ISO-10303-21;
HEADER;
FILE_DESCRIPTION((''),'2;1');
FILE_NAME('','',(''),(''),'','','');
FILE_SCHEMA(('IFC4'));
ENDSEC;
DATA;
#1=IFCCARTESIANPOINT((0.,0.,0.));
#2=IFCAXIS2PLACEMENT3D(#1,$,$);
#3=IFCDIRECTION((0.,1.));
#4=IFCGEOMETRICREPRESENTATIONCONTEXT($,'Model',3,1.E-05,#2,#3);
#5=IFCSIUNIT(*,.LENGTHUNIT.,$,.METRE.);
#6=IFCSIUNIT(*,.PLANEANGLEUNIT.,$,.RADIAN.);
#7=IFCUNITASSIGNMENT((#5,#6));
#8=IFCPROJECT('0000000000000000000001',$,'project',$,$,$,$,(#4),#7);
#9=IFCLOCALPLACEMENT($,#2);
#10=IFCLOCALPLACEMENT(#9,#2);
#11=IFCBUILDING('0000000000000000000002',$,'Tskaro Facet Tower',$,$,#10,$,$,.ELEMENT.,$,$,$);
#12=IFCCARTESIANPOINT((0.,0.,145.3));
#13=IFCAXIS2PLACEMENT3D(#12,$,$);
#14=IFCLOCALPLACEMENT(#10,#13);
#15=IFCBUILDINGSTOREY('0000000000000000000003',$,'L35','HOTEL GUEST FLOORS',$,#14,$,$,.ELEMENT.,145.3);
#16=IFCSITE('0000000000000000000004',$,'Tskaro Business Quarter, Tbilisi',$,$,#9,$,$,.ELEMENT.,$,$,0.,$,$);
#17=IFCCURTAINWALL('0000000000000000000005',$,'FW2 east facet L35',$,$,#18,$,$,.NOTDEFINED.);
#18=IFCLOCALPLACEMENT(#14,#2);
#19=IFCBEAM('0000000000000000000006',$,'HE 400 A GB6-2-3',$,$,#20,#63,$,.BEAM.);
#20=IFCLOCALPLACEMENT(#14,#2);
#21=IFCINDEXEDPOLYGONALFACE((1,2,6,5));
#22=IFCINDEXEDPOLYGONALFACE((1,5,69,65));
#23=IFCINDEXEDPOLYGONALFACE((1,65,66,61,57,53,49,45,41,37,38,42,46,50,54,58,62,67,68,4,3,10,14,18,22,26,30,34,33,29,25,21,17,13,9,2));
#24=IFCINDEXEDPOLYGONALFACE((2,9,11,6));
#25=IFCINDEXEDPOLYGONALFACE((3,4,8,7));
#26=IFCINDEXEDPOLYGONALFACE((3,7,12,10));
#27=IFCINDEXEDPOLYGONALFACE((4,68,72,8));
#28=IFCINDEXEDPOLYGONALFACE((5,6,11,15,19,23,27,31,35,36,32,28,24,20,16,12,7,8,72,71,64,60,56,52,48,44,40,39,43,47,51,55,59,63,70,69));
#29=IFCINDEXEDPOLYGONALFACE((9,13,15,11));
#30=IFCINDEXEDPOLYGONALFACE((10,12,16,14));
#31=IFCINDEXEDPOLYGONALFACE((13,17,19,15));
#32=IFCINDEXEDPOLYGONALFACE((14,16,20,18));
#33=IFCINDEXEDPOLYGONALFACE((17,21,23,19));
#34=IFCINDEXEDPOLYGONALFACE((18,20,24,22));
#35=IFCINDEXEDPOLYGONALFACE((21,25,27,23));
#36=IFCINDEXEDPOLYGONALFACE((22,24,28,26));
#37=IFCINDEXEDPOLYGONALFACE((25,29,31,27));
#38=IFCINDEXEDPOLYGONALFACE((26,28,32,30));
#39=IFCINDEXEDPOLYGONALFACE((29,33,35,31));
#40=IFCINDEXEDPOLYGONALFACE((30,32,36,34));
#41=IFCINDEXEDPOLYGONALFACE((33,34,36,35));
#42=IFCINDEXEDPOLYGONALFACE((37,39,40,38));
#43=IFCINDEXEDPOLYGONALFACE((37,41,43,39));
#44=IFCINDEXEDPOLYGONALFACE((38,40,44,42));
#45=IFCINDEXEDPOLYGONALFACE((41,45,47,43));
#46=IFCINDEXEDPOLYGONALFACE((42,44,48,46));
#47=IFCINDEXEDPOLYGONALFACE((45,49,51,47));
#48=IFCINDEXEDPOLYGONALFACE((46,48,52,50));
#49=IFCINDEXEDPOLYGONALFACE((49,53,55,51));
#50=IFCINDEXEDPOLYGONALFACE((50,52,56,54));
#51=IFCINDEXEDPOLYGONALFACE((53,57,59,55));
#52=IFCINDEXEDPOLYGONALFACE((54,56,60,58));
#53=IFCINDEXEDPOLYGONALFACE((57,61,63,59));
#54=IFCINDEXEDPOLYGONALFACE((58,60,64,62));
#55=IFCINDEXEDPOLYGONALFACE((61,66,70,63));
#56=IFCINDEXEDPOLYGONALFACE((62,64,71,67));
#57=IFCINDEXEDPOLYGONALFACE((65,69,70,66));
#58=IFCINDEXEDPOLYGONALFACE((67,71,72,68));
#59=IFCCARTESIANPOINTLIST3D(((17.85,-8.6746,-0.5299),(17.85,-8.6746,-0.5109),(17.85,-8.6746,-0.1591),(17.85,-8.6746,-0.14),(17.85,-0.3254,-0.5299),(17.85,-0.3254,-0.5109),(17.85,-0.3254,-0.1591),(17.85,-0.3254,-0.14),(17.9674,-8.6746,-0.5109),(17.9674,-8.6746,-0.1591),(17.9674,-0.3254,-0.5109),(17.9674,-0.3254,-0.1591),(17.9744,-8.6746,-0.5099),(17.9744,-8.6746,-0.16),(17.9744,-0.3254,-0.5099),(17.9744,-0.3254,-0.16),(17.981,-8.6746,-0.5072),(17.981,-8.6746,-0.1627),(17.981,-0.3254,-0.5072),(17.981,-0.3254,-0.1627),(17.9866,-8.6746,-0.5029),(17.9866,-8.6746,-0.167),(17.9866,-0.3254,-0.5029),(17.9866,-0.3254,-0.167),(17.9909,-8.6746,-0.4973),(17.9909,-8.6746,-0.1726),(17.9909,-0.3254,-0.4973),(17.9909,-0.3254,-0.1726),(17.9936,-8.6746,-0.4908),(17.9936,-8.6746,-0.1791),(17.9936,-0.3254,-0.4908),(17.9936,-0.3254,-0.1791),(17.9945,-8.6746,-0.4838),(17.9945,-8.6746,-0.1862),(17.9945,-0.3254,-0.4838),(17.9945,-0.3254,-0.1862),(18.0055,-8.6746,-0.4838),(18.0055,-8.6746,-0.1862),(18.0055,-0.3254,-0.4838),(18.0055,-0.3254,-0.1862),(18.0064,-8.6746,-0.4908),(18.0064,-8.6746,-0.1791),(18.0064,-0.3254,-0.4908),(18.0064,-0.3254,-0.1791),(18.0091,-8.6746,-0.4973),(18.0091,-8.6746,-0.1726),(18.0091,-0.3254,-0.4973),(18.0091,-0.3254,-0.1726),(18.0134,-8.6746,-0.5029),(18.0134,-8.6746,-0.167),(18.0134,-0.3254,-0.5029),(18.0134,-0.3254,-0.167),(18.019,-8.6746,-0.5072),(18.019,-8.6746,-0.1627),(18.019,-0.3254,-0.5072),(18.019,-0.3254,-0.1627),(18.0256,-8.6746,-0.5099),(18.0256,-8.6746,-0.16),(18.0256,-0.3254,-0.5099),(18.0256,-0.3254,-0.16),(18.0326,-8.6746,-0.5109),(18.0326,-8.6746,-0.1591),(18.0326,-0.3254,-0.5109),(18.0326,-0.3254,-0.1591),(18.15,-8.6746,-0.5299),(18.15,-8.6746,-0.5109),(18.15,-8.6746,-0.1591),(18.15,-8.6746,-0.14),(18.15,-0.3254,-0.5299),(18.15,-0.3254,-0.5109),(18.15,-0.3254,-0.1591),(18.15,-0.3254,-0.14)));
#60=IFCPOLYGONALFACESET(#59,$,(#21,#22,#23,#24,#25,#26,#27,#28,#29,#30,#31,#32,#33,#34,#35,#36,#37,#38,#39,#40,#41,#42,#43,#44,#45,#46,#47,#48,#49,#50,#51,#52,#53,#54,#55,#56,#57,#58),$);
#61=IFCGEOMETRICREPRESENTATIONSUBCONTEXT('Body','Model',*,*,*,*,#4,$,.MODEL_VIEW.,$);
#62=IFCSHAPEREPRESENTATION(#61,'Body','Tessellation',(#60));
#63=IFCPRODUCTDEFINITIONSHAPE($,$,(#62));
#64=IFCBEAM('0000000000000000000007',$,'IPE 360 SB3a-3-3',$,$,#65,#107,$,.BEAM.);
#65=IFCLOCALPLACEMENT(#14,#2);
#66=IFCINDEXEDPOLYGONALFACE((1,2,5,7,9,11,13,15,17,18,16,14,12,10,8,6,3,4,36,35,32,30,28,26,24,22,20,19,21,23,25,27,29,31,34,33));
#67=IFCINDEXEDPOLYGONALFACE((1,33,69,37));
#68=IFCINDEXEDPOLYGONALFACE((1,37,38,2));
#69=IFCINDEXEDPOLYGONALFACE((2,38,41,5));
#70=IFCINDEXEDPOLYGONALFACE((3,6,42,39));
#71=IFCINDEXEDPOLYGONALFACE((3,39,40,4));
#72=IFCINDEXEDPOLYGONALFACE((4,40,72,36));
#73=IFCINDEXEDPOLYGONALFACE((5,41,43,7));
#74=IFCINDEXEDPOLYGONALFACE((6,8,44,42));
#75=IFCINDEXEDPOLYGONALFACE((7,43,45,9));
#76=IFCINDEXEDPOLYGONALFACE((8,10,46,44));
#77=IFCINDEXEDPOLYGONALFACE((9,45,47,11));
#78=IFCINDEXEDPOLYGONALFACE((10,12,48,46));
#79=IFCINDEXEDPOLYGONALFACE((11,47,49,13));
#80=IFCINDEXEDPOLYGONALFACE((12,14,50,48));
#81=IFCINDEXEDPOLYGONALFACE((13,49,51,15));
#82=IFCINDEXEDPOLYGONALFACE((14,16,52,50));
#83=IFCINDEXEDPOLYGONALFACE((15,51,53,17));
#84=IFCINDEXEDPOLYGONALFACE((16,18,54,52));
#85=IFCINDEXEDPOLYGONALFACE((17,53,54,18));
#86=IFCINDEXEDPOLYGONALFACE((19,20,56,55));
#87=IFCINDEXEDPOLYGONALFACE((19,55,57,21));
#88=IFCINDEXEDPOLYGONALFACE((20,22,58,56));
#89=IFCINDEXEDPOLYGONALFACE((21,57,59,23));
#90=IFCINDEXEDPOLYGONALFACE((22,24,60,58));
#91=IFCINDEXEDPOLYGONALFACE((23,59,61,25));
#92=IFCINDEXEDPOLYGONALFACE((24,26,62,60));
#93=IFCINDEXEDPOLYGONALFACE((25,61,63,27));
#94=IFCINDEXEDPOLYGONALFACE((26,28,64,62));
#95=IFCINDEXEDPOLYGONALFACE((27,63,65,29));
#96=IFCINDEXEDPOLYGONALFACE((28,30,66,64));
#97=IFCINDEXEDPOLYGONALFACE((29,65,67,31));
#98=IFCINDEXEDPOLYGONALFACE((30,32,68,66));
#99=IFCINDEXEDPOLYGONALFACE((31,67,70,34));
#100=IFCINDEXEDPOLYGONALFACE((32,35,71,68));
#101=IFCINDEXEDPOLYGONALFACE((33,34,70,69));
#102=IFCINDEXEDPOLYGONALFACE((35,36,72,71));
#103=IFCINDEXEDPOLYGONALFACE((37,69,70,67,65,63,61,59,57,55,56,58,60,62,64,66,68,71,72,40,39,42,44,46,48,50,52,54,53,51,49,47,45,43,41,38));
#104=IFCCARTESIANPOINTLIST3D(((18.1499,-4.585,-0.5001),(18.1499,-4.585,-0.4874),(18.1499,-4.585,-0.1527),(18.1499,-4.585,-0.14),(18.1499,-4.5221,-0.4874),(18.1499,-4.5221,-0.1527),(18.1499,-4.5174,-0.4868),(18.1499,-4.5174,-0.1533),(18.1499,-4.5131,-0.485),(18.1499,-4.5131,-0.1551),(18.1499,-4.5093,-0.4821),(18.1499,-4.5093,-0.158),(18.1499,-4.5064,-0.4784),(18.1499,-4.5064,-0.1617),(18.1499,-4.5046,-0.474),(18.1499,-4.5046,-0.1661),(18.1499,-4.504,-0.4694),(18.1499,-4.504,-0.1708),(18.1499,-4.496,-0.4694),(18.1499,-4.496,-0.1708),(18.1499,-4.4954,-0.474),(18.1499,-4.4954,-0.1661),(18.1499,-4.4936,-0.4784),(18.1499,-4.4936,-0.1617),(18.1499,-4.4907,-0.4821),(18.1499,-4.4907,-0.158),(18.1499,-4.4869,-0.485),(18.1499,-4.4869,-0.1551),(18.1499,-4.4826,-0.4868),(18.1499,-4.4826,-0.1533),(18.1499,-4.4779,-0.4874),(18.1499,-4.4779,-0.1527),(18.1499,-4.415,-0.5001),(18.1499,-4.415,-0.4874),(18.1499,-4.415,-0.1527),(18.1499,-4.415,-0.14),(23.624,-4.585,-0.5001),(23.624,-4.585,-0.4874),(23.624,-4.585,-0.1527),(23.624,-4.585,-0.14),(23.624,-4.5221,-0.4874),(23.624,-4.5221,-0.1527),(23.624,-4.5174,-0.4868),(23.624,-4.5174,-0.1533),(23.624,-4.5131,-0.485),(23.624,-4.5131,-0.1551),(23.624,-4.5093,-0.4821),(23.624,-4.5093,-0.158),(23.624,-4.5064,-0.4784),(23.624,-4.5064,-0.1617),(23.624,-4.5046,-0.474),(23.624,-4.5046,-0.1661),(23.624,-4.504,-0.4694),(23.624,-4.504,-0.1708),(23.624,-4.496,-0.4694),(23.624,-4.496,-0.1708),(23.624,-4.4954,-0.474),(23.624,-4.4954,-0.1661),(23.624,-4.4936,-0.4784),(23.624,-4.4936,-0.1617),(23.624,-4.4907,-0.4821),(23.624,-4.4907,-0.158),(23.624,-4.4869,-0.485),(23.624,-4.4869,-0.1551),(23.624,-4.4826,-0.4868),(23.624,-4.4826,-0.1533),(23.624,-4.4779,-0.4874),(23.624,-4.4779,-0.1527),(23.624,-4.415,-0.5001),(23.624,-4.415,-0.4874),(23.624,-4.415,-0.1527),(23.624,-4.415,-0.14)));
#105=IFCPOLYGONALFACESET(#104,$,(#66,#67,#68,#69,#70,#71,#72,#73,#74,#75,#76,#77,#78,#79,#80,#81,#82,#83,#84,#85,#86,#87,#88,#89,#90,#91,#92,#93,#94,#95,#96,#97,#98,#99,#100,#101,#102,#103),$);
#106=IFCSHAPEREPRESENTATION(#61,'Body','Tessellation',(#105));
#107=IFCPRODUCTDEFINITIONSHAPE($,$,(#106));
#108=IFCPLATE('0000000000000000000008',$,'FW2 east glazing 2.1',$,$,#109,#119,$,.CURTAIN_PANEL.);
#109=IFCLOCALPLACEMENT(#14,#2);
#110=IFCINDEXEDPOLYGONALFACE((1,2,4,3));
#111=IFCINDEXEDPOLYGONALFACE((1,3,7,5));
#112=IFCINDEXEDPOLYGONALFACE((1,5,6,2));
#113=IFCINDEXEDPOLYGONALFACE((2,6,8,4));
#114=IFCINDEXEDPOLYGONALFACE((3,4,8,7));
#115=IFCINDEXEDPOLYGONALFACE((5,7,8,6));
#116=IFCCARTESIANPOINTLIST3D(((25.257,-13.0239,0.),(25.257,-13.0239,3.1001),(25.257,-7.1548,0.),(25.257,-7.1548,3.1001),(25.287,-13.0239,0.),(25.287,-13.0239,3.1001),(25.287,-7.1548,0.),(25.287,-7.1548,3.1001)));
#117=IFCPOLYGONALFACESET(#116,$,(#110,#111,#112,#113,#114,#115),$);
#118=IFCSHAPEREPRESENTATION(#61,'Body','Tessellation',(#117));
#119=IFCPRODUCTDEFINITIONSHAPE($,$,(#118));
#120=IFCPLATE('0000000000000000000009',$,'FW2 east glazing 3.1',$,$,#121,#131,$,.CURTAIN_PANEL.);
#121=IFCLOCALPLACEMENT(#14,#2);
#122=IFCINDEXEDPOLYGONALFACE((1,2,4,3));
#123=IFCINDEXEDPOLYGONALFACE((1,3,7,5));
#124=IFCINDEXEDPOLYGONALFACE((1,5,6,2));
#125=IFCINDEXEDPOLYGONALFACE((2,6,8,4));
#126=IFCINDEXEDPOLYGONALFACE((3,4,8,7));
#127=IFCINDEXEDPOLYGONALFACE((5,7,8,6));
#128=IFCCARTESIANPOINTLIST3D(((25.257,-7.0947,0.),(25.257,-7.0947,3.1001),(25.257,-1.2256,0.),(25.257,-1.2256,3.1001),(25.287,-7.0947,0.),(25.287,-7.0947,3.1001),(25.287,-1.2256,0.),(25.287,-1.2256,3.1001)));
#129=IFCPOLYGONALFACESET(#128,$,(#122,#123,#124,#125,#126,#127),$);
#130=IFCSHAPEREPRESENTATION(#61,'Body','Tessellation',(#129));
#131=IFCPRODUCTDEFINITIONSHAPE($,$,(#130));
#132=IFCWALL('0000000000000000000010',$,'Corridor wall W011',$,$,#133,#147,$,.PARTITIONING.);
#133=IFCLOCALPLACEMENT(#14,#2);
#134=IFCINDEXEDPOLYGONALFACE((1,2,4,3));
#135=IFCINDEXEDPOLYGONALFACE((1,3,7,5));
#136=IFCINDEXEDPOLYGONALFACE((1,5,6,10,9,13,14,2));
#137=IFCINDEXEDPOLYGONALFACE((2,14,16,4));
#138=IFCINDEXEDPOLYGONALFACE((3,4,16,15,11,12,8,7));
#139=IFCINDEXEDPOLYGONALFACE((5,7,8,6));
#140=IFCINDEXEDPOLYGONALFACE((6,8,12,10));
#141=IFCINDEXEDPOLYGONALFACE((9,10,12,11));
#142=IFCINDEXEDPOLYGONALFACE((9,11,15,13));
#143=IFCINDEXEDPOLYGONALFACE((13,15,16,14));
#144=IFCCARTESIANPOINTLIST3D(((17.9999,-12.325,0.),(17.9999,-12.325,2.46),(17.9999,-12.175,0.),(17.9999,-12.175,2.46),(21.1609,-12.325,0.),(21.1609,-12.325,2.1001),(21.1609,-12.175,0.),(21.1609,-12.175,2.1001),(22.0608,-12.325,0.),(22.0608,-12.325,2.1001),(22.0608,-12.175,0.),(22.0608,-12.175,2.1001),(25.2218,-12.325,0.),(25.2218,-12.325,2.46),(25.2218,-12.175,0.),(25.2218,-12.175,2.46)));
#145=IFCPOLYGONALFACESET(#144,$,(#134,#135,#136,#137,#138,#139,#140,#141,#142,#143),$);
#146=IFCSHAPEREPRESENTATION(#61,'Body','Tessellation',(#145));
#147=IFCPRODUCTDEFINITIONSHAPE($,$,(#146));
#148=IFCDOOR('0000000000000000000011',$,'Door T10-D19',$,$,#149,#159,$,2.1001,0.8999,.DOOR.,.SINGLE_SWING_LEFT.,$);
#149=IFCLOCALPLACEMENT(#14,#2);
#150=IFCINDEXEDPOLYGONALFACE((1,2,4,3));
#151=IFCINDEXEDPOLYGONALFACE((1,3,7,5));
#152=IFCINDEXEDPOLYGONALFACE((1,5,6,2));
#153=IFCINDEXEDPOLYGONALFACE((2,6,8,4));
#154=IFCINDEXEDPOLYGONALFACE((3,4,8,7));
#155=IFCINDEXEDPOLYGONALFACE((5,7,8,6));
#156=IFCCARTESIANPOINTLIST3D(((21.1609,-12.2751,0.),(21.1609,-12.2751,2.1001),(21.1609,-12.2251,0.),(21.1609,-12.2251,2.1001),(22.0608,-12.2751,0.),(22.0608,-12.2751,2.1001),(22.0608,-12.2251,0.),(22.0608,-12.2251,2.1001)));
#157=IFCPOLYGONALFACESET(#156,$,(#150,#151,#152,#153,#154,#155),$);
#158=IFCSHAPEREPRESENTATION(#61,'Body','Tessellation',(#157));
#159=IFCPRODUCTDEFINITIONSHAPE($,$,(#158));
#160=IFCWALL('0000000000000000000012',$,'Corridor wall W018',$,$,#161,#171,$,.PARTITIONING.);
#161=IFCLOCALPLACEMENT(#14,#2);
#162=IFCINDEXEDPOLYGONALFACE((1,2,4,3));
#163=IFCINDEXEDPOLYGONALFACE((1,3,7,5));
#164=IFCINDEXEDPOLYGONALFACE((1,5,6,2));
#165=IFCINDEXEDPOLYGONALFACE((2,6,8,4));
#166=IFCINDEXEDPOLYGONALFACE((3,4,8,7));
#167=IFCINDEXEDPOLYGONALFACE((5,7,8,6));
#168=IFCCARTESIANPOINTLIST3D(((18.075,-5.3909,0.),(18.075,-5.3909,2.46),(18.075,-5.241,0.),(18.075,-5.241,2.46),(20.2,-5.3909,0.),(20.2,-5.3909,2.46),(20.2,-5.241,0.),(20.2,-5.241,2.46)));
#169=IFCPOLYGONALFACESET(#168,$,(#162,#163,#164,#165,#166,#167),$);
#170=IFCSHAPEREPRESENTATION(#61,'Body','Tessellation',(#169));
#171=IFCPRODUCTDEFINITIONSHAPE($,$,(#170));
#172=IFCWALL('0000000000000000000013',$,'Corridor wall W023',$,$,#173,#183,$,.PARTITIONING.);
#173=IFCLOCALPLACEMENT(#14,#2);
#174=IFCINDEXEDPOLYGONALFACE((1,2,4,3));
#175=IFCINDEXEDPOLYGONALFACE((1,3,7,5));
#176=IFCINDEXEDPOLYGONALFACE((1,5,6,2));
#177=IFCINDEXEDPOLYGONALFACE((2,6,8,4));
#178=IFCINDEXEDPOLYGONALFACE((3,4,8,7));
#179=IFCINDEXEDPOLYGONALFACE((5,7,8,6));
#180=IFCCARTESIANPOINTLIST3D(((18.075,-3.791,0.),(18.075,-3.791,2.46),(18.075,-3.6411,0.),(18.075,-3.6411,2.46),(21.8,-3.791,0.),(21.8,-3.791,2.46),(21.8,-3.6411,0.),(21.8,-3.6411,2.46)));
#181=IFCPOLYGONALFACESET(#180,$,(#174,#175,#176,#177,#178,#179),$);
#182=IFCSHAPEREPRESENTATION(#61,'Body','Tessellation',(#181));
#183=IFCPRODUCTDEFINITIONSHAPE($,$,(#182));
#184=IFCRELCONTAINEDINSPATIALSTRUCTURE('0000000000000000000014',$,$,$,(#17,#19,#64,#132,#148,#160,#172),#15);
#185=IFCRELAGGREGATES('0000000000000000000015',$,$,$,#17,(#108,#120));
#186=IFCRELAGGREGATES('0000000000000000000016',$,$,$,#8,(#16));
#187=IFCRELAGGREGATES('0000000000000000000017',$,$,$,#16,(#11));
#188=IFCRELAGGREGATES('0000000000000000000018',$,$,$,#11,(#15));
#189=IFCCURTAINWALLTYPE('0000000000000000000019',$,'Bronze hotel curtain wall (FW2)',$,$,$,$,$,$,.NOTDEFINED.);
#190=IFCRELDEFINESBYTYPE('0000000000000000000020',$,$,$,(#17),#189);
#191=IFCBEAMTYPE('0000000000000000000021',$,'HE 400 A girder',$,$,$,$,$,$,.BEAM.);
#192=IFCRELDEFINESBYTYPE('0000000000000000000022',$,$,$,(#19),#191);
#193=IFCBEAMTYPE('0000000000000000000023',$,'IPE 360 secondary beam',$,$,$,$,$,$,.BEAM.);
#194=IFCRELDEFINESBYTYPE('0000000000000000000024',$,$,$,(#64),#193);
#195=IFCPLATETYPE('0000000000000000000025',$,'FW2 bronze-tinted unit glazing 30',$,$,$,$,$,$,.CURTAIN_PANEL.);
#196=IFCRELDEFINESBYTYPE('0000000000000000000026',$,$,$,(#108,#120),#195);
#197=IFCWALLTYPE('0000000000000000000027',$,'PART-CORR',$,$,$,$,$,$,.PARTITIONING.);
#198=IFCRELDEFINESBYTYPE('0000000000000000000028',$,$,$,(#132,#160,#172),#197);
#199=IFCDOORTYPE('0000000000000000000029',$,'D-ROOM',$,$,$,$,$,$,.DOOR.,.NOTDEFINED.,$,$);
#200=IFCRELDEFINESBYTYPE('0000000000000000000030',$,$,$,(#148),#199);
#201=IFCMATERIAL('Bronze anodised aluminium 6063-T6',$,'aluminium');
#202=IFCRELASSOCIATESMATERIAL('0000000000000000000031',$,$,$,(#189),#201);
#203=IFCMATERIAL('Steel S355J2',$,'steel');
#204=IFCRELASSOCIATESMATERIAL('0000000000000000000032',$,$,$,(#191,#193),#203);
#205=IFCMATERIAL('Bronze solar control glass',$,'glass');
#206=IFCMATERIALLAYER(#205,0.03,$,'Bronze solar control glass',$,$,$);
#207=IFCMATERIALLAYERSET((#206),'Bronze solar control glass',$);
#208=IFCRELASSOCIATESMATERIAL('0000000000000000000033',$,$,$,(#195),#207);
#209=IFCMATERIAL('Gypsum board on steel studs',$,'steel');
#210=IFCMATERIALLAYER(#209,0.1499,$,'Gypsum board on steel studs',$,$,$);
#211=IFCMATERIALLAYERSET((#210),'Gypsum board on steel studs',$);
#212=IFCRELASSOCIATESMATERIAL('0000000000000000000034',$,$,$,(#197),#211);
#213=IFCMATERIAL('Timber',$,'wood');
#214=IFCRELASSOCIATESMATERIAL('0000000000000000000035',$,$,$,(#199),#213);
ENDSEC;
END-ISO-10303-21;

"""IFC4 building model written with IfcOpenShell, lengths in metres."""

from ifc_helpers import new_model, si_unit, direction, frame, frame_2d, origin, origin_2d, place, context, subcontext, project, spatial, rectangle, i_section, extrude, material, layer, layer_set, material_profile, profile_set, type_object, element, fill, aggregate, save


model = new_model("IFC4")

# Units and contexts
model_context = context("Model", 3, precision=1e-05, world=origin(), true_north=direction((0.0, 1.0)))
body_context = subcontext(model_context, "Body", "Model", "MODEL_VIEW")
ifc_project = project(units=[si_unit("LENGTHUNIT", "METRE"), si_unit("PLANEANGLEUNIT", "RADIAN")], contexts=[model_context])

# Site, building, storey
site_placement = place(None, origin())
site = spatial("IfcSite", under=ifc_project, at=site_placement, Name="Tskaro Business Quarter, Tbilisi", CompositionType="ELEMENT", RefElevation=0.0)
building_placement = place(site_placement, origin())
building = spatial("IfcBuilding", under=site, at=building_placement, Name="Tskaro Facet Tower", CompositionType="ELEMENT")
storey_placement = place(building_placement, frame((0.0, 0.0, 145.3)))
storey = spatial("IfcBuildingStorey", under=building, at=storey_placement, Name="L35", Description="HOTEL GUEST FLOORS", CompositionType="ELEMENT", Elevation=145.3)

# Curtain wall
ifc_material_1 = material(Name="Bronze anodised aluminium 6063-T6", Category="aluminium")
curtain_wall_type = type_object("IfcCurtainWallType", Name="Bronze hotel curtain wall (FW2)", PredefinedType="NOTDEFINED", material=ifc_material_1)
curtain_wall_placement = place(storey_placement, origin())
curtain_wall = element("IfcCurtainWall", 1, at=curtain_wall_placement, inside=storey, type_object=curtain_wall_type, Name="FW2 east facet L35", PredefinedType="NOTDEFINED")

# Beams
ifc_material_2 = material(Name="Steel S355J2", Category="steel")
ifc_material_profile_1 = material_profile(ifc_material_2, i_section(OverallWidth=0.3, OverallDepth=0.3899, WebThickness=0.011, FlangeThickness=0.019, FilletRadius=0.0271, at=origin_2d()), Name="HE 400 A")
ifc_profile_set_1 = profile_set([ifc_material_profile_1], Name="Steel S355J2")
beam_type_1 = type_object("IfcBeamType", Name="HE 400 A girder", PredefinedType="BEAM", material=ifc_profile_set_1)
beam_1_placement = place(storey_placement, frame((18.0, -8.6746, -0.335), z_axis=(0.0, 1.0, 0.0), x_axis=(-1.0, 0.0, 0.0)))
element("IfcBeam", 2, at=beam_1_placement, inside=storey, type_object=beam_type_1, Name="HE 400 A GB6-2-3", PredefinedType="BEAM", context=body_context, shape_type="SweptSolid", body=[
    extrude(i_section(OverallWidth=0.3, OverallDepth=0.3899, WebThickness=0.011, FlangeThickness=0.019, FilletRadius=0.0271, at=origin_2d()), origin(), (0.0, 0.0, 1.0), 8.3491),
])
ifc_material_profile_2 = material_profile(ifc_material_2, i_section(OverallWidth=0.1699, OverallDepth=0.3601, WebThickness=0.0081, FlangeThickness=0.0127, FilletRadius=0.0181, at=origin_2d()), Name="IPE 360")
ifc_profile_set_2 = profile_set([ifc_material_profile_2], Name="Steel S355J2")
beam_type_2 = type_object("IfcBeamType", Name="IPE 360 secondary beam", PredefinedType="BEAM", material=ifc_profile_set_2)
beam_2_placement = place(storey_placement, frame((18.1499, -4.5, -0.3201), z_axis=(1.0, 0.0, 0.0), x_axis=(0.0, 1.0, 0.0)))
element("IfcBeam", 3, at=beam_2_placement, inside=storey, type_object=beam_type_2, Name="IPE 360 SB3a-3-3", PredefinedType="BEAM", context=body_context, shape_type="SweptSolid", body=[
    extrude(i_section(OverallWidth=0.1699, OverallDepth=0.3601, WebThickness=0.0081, FlangeThickness=0.0127, FilletRadius=0.0181, at=origin_2d()), origin(), (0.0, 0.0, 1.0), 5.4741),
])

# Plates
ifc_material_3 = material(Name="Bronze solar control glass", Category="glass")
ifc_layer_1 = layer(ifc_material_3, 0.03, Name="Bronze solar control glass")
ifc_layer_set_1 = layer_set([ifc_layer_1], Name="Bronze solar control glass")
plate_type = type_object("IfcPlateType", Name="FW2 bronze-tinted unit glazing 30", PredefinedType="CURTAIN_PANEL", material=ifc_layer_set_1)
plate_1_placement = place(storey_placement, frame((25.272, -10.0894, 0.0), z_axis=(0.0, 0.0, 1.0), x_axis=(0.0, 1.0, 0.0)))
plate_1 = element("IfcPlate", 4, at=plate_1_placement, type_object=plate_type, Name="FW2 east glazing 2.1", PredefinedType="CURTAIN_PANEL", context=body_context, shape_type="SweptSolid", body=[
    extrude(rectangle(XDim=5.8691, YDim=0.03, at=origin_2d()), origin(), (0.0, 0.0, 1.0), 3.1001),
])
plate_2_placement = place(storey_placement, frame((25.272, -4.1602, 0.0), z_axis=(0.0, 0.0, 1.0), x_axis=(0.0, 1.0, 0.0)))
plate_2 = element("IfcPlate", 5, at=plate_2_placement, type_object=plate_type, Name="FW2 east glazing 3.1", PredefinedType="CURTAIN_PANEL", context=body_context, shape_type="SweptSolid", body=[
    extrude(rectangle(XDim=5.8691, YDim=0.03, at=origin_2d()), origin(), (0.0, 0.0, 1.0), 3.1001),
])
aggregate(curtain_wall, [plate_1, plate_2])

# Wall, opening, door
ifc_material_4 = material(Name="Gypsum board on steel studs", Category="steel")
ifc_layer_2 = layer(ifc_material_4, 0.1499, Name="Gypsum board on steel studs")
ifc_layer_set_2 = layer_set([ifc_layer_2], Name="Gypsum board on steel studs")
wall_type_1 = type_object("IfcWallType", Name="PART-CORR", PredefinedType="PARTITIONING", material=ifc_layer_set_2)
wall_1_placement = place(storey_placement, frame((18.0, -12.25, 0.0), z_axis=(0.0, 0.0, 1.0), x_axis=(1.0, 0.0, 0.0)))
wall_1 = element("IfcWall", 6, at=wall_1_placement, inside=storey, type_object=wall_type_1, Name="Corridor wall W011", PredefinedType="PARTITIONING", context=body_context, shape_type="SweptSolid", body=[
    extrude(rectangle(XDim=7.2219, YDim=0.1499, at=frame_2d((3.6108, 0.0))), origin(), (0.0, 0.0, 1.0), 2.46),
])
opening_1_placement = place(wall_1_placement, frame((3.1609, 0.0, 0.0)))
opening_1 = element("IfcOpeningElement", 7, at=opening_1_placement, cuts=wall_1, PredefinedType="OPENING", context=body_context, shape_type="SweptSolid", body=[
    extrude(rectangle(XDim=0.8999, YDim=2.1001, at=frame_2d((0.45, 1.05))), frame((0.0, 0.085, 0.0), z_axis=(0.0, -1.0, 0.0), x_axis=(1.0, 0.0, 0.0)), (0.0, 0.0, 1.0), 0.1699),
])
ifc_material_5 = material(Name="Timber", Category="wood")
door_type = type_object("IfcDoorType", Name="D-ROOM", OperationType="NOTDEFINED", PredefinedType="DOOR", material=ifc_material_5)
door_1_placement = place(opening_1_placement, origin())
door_1 = element("IfcDoor", 8, at=door_1_placement, inside=storey, type_object=door_type, Name="Door T10-D19", OperationType="SINGLE_SWING_LEFT", OverallHeight=2.1001, OverallWidth=0.8999, PredefinedType="DOOR", context=body_context, shape_type="SweptSolid", body=[
    extrude(rectangle(XDim=0.8999, YDim=2.1001, at=frame_2d((0.45, 1.05))), frame((0.0, 0.0249, 0.0), z_axis=(0.0, -1.0, 0.0), x_axis=(1.0, 0.0, 0.0)), (0.0, 0.0, 1.0), 0.05),
])
fill(opening_1, door_1)

# Walls
wall_2_placement = place(storey_placement, frame((18.075, -5.3159, 0.0), z_axis=(0.0, 0.0, 1.0), x_axis=(1.0, 0.0, 0.0)))
element("IfcWall", 9, at=wall_2_placement, inside=storey, type_object=wall_type_1, Name="Corridor wall W018", PredefinedType="PARTITIONING", context=body_context, shape_type="SweptSolid", body=[
    extrude(rectangle(XDim=2.125, YDim=0.1499, at=frame_2d((1.0625, 0.0))), origin(), (0.0, 0.0, 1.0), 2.46),
])
wall_3_placement = place(storey_placement, frame((18.075, -3.7161, 0.0), z_axis=(0.0, 0.0, 1.0), x_axis=(1.0, 0.0, 0.0)))
element("IfcWall", 10, at=wall_3_placement, inside=storey, type_object=wall_type_1, Name="Corridor wall W023", PredefinedType="PARTITIONING", context=body_context, shape_type="SweptSolid", body=[
    extrude(rectangle(XDim=3.7251, YDim=0.1499, at=frame_2d((1.8625, 0.0))), origin(), (0.0, 0.0, 1.0), 2.46),
])

save(model, "model.ifc")
